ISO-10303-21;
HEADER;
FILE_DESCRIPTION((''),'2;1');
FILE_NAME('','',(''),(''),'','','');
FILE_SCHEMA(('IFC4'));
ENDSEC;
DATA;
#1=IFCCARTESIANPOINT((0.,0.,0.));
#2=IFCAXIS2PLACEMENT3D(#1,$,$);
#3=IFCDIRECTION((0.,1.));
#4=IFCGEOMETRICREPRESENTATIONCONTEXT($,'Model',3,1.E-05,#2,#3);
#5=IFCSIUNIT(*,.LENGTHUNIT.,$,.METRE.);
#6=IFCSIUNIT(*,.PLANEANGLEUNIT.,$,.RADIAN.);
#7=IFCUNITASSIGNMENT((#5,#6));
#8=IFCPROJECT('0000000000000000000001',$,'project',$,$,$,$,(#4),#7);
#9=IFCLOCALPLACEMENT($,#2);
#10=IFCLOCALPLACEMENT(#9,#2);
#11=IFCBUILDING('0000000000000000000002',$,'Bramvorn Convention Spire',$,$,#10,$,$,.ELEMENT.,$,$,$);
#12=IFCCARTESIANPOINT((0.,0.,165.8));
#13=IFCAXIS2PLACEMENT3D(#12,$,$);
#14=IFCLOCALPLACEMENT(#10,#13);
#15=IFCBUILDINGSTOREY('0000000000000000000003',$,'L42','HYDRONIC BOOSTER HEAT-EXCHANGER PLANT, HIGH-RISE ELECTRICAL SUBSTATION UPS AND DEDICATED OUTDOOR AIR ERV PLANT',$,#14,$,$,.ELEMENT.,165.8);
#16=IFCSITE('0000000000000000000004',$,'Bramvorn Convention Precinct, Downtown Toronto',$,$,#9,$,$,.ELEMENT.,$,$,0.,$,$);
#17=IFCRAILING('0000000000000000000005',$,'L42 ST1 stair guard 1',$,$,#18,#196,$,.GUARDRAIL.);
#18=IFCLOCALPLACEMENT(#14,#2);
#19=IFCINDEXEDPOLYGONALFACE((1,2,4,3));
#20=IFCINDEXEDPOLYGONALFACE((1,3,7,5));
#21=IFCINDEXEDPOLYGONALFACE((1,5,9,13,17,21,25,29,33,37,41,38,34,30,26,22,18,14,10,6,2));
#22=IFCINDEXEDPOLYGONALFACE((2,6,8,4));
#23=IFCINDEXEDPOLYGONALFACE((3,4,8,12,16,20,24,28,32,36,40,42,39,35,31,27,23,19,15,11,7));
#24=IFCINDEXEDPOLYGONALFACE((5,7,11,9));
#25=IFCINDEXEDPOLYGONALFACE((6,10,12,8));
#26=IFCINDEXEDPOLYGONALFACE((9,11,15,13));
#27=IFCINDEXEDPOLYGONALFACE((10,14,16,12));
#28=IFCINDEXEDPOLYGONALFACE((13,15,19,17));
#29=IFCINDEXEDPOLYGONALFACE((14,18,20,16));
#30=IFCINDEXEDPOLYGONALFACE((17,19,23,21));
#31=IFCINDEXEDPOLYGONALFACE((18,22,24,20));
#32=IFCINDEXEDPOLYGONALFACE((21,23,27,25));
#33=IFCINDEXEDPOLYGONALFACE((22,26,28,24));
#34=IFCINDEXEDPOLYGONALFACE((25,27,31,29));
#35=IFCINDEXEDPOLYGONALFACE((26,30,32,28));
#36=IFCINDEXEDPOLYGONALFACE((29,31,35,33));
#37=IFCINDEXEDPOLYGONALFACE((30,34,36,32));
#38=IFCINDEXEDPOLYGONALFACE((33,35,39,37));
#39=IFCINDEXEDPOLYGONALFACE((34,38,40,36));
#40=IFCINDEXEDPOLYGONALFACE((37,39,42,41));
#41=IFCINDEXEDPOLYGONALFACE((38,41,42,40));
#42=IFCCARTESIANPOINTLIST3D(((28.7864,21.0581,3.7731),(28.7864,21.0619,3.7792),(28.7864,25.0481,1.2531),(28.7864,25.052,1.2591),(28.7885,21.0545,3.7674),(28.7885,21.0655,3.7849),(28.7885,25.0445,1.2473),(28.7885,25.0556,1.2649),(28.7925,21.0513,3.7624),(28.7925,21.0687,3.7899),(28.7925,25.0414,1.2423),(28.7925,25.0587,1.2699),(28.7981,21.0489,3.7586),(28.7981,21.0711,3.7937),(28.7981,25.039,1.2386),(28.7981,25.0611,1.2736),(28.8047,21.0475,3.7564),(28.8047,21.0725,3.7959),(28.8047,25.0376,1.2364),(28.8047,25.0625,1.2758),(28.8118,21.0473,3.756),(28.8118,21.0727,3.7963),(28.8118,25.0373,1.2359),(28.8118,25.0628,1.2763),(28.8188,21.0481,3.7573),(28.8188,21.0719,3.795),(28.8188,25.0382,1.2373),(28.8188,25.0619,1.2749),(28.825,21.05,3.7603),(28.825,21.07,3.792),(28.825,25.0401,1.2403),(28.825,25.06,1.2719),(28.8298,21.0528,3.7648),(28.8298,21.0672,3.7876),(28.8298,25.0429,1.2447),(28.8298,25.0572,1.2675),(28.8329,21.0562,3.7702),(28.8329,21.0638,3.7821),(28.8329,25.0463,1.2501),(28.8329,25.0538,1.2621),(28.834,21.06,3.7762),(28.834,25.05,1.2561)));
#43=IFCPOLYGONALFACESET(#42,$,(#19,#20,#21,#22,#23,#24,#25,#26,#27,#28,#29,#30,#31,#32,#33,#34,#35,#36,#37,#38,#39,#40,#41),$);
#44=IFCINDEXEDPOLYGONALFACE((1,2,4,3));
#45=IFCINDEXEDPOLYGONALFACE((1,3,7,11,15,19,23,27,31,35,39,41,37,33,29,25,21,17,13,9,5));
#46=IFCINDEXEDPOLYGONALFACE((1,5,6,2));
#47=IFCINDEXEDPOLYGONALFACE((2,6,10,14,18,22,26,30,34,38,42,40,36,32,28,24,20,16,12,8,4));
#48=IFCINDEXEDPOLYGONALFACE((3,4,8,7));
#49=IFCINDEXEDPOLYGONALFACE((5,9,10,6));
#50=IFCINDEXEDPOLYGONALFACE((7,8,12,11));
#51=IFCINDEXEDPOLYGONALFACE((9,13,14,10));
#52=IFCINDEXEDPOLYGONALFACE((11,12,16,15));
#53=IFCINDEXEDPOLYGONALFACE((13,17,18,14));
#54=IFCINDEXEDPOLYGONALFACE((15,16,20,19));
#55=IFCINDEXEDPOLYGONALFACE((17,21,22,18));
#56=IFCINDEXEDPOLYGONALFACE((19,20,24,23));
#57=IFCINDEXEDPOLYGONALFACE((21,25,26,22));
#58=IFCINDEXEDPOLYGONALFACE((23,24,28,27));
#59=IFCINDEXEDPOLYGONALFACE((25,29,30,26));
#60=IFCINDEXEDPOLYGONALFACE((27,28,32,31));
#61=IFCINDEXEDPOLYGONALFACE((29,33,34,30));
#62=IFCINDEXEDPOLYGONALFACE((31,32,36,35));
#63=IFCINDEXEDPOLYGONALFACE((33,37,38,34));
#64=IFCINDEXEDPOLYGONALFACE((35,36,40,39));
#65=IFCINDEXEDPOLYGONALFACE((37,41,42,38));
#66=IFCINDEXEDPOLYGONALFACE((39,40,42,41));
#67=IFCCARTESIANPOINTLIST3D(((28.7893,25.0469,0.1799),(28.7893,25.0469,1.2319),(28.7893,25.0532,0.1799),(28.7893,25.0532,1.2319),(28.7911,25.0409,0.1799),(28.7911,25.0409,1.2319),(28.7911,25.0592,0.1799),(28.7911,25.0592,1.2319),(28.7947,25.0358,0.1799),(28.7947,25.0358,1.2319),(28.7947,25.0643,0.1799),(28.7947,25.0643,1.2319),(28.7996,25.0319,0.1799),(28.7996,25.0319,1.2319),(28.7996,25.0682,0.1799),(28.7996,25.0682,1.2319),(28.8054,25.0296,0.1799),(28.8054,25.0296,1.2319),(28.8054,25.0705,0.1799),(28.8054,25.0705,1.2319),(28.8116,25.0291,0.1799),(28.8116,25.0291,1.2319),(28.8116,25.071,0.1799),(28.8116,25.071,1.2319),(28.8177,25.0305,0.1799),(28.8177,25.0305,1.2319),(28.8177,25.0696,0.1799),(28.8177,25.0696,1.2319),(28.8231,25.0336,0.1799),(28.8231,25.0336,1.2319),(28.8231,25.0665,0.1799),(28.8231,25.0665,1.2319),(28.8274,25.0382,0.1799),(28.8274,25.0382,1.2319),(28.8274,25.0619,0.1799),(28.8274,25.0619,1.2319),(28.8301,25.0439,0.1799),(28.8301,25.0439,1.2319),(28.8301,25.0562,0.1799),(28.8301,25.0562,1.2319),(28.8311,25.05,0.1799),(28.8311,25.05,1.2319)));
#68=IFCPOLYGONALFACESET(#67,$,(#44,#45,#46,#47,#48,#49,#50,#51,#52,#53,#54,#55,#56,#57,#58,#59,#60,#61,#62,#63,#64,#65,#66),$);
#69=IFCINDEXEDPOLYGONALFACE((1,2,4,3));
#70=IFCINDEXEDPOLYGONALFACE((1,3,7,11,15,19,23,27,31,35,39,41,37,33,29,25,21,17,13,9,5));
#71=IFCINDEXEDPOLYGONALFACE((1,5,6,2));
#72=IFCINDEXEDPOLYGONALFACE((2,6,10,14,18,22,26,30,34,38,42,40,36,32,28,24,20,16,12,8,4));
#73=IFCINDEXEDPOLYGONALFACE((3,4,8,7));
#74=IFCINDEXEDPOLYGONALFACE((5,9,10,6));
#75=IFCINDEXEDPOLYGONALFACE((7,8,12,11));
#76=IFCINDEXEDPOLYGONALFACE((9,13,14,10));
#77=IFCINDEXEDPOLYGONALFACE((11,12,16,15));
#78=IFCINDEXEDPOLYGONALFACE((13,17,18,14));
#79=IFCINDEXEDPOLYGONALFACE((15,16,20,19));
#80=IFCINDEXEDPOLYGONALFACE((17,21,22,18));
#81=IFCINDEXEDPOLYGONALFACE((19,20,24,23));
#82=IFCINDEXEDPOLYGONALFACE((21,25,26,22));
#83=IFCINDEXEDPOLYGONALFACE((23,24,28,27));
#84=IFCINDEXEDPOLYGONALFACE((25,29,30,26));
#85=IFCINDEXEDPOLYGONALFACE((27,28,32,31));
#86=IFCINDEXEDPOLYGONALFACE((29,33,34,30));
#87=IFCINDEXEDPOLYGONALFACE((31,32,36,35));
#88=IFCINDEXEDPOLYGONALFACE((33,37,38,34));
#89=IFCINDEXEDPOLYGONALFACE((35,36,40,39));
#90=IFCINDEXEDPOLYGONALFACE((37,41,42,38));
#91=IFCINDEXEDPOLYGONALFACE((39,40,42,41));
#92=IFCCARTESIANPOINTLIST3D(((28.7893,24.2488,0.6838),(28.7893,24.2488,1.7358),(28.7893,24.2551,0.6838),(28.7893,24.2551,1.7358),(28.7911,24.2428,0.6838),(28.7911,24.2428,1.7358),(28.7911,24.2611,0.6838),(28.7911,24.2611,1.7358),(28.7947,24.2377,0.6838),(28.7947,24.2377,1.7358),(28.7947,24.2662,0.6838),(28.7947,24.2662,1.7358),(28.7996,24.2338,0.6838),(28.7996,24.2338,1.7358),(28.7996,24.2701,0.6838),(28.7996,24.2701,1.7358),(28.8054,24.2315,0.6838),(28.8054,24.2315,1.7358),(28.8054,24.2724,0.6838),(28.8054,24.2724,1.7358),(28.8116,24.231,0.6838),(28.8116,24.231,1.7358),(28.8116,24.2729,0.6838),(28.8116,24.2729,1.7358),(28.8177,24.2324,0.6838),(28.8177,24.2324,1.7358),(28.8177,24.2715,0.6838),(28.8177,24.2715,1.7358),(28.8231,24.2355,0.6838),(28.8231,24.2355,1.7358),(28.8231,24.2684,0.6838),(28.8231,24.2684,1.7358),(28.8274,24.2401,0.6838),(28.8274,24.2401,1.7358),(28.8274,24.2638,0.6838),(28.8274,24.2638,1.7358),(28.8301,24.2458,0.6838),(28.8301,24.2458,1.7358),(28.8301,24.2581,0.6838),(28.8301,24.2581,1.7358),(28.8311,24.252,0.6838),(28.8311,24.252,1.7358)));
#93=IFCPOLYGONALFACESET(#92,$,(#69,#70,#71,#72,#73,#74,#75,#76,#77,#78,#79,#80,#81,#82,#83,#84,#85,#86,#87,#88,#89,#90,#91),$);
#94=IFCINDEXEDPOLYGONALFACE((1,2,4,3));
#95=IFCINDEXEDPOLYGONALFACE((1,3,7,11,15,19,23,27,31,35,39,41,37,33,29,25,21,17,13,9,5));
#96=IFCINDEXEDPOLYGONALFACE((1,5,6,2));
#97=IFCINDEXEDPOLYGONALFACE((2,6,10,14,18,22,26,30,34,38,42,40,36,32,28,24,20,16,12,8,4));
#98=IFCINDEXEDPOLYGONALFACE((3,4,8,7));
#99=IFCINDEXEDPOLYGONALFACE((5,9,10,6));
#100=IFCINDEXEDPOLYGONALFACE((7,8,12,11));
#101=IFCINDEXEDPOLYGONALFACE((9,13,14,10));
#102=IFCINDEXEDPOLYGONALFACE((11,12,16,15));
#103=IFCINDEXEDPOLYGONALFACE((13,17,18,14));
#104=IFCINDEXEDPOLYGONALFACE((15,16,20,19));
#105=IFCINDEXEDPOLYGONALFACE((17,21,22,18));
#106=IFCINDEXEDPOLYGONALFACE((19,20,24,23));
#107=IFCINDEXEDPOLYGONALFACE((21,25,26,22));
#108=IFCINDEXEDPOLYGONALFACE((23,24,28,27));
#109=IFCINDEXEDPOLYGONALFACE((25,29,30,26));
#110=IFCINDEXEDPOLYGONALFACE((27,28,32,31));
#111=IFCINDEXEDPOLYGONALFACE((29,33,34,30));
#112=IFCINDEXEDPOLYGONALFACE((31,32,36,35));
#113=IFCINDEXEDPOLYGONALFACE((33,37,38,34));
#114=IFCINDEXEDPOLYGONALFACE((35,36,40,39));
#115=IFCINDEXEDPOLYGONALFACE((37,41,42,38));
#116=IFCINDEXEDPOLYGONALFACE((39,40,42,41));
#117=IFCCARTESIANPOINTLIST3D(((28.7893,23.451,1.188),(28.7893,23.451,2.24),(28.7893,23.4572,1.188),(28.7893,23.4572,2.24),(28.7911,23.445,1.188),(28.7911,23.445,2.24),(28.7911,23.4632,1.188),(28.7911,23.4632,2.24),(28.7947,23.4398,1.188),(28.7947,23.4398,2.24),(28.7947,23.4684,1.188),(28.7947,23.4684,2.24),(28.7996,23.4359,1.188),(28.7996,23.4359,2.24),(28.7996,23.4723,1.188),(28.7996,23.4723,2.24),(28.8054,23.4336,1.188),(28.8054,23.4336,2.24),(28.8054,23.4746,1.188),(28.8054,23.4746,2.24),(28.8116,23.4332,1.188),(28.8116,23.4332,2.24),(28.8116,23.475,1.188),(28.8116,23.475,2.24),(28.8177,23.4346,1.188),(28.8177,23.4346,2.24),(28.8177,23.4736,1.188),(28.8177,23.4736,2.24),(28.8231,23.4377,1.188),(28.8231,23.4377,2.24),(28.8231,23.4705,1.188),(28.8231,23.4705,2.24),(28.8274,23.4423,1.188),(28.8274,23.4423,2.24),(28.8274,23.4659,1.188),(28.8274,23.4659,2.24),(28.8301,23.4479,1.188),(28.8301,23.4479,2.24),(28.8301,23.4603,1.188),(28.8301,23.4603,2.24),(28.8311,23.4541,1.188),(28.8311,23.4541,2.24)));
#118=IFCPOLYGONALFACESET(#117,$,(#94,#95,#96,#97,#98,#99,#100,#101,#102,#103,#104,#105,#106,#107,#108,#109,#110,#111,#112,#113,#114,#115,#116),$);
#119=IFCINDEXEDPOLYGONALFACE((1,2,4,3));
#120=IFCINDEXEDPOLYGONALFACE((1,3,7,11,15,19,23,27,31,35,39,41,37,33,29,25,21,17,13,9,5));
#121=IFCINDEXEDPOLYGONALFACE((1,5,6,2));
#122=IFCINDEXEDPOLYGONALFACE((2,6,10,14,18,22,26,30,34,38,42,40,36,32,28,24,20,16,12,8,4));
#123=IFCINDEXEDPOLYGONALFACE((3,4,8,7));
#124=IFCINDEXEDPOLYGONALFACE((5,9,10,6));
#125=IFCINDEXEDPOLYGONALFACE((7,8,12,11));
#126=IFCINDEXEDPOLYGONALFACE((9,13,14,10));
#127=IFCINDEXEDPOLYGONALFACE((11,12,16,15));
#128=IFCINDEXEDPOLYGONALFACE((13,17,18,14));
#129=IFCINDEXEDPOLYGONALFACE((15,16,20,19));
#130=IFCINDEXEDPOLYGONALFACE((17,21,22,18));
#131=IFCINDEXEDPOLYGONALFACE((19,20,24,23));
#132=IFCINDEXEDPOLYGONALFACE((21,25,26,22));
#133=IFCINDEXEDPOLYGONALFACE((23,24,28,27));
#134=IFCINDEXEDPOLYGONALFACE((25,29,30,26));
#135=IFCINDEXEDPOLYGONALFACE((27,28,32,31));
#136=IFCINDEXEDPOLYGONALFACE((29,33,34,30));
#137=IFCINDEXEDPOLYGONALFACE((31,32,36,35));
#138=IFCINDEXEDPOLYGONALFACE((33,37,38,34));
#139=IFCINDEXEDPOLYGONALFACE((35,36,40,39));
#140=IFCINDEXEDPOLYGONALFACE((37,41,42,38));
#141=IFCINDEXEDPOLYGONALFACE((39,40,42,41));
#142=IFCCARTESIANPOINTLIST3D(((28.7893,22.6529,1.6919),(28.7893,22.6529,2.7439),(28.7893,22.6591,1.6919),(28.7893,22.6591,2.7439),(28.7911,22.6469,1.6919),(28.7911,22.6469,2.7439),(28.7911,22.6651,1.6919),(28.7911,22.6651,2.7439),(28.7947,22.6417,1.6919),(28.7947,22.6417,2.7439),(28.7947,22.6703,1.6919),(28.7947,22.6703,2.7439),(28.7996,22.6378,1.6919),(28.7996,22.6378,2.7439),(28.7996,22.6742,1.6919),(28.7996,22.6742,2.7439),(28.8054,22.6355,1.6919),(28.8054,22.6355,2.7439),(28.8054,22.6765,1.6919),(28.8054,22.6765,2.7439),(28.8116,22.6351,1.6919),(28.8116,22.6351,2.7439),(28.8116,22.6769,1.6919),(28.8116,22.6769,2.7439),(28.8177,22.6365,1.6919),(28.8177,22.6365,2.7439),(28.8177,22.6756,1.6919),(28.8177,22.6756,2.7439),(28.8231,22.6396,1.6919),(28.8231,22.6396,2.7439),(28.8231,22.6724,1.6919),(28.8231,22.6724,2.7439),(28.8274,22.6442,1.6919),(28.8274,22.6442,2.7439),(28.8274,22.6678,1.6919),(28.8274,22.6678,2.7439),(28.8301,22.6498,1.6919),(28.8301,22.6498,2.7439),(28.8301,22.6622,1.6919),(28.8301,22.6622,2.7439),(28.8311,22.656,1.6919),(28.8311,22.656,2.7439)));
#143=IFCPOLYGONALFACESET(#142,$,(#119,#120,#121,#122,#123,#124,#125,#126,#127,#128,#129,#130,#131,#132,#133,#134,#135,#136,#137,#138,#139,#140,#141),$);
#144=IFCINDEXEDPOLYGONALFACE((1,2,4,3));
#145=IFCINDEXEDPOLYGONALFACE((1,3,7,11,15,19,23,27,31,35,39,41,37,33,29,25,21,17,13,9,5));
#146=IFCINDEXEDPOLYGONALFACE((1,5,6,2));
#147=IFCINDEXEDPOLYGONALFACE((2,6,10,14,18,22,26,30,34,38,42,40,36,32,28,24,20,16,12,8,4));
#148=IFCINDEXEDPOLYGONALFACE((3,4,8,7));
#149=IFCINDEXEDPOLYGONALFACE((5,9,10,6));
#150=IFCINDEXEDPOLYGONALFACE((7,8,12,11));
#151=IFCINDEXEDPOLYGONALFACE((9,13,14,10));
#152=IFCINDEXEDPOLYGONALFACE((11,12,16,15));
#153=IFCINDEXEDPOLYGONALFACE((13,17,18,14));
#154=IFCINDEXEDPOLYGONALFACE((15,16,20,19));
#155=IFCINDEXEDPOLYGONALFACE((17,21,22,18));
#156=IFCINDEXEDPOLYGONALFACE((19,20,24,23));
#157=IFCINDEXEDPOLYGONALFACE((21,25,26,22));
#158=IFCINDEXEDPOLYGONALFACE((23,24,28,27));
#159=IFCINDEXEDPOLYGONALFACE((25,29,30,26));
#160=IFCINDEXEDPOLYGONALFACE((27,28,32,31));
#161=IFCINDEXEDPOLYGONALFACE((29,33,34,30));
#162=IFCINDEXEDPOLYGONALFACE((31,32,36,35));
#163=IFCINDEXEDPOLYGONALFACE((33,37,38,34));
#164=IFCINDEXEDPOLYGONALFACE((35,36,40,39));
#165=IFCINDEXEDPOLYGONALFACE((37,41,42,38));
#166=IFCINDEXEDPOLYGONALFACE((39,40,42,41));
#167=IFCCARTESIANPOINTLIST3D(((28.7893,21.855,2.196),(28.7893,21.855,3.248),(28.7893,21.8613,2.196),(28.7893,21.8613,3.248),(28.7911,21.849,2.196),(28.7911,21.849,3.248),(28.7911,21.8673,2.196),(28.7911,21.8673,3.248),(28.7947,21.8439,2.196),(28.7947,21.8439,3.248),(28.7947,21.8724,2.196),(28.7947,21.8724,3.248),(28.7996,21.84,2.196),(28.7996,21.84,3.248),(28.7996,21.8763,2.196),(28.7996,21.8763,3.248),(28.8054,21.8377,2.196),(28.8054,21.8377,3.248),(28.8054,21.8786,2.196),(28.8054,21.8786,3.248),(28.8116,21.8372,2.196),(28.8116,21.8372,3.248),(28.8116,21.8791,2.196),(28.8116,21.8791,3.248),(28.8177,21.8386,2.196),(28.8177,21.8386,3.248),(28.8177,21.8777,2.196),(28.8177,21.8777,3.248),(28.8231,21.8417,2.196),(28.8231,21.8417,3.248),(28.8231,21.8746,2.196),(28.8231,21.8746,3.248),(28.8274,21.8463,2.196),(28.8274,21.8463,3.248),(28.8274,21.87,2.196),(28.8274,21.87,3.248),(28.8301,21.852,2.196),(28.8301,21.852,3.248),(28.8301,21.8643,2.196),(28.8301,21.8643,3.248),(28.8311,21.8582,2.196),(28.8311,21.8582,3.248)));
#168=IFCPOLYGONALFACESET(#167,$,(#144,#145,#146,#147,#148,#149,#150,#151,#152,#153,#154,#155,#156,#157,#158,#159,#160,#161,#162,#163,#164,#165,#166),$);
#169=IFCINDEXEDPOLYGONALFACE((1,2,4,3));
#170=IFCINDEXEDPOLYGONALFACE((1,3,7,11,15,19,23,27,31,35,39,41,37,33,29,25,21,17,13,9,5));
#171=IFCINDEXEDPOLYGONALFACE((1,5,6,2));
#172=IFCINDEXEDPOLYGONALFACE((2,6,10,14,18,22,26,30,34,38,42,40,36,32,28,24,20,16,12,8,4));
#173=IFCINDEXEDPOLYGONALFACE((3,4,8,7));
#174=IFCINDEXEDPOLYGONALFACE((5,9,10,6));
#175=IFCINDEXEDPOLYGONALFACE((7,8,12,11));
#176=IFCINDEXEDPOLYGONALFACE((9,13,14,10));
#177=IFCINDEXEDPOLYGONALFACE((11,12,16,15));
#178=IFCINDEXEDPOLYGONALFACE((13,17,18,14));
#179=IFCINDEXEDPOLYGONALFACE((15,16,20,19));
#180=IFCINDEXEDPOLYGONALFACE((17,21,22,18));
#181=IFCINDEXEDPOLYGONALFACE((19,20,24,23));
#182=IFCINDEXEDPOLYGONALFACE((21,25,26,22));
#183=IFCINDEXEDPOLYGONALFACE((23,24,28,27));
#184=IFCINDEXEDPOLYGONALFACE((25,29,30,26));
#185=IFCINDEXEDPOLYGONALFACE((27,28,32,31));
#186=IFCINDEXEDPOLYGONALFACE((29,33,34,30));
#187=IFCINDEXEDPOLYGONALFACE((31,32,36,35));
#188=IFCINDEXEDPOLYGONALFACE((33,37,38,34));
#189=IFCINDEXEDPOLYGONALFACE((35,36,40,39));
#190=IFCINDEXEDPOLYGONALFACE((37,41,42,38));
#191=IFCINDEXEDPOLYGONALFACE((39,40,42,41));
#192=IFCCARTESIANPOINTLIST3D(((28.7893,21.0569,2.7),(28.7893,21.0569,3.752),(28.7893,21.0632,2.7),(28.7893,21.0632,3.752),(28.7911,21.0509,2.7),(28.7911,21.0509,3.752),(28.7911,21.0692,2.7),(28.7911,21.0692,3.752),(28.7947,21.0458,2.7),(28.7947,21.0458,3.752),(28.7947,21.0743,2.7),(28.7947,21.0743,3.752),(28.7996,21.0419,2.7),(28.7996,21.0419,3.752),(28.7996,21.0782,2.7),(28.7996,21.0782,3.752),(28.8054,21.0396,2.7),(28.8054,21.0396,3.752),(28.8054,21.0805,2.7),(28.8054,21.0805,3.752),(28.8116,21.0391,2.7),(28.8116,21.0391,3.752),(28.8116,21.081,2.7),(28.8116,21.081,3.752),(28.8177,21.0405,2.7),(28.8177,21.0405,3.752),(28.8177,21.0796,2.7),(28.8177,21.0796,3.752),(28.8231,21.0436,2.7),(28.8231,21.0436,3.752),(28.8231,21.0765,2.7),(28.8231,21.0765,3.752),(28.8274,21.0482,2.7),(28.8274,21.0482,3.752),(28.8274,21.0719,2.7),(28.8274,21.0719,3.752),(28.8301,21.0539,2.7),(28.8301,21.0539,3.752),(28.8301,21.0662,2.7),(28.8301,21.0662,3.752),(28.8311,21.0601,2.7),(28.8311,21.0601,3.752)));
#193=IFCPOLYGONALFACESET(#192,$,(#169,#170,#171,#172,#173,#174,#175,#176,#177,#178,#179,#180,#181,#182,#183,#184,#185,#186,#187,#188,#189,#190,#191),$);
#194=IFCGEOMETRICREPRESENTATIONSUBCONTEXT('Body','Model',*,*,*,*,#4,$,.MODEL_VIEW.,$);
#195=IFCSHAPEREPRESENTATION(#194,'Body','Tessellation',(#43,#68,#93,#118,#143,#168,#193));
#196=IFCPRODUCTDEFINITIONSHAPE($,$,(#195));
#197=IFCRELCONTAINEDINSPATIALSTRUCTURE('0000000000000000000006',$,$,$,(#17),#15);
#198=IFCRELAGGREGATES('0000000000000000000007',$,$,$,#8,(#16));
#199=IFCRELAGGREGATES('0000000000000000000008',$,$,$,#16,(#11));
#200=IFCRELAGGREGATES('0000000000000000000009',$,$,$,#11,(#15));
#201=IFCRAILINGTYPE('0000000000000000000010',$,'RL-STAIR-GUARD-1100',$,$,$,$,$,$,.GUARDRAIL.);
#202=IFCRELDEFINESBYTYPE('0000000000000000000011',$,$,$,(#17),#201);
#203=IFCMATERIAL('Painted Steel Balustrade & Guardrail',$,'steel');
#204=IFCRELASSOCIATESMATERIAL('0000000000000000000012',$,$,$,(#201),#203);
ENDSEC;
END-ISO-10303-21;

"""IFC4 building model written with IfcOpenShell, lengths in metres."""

from ifc_helpers import new_model, si_unit, direction, frame, origin, origin_2d, place, context, subcontext, project, spatial, circle, extrude, material, type_object, element, save


model = new_model("IFC4")

# Units and contexts
model_context = context("Model", 3, precision=1e-05, world=origin(), true_north=direction((0.0, 1.0)))
body_context = subcontext(model_context, "Body", "Model", "MODEL_VIEW")
ifc_project = project(units=[si_unit("LENGTHUNIT", "METRE"), si_unit("PLANEANGLEUNIT", "RADIAN")], contexts=[model_context])

# Site, building, storey
site_placement = place(None, origin())
site = spatial("IfcSite", under=ifc_project, at=site_placement, Name="Bramvorn Convention Precinct, Downtown Toronto", CompositionType="ELEMENT", RefElevation=0.0)
building_placement = place(site_placement, origin())
building = spatial("IfcBuilding", under=site, at=building_placement, Name="Bramvorn Convention Spire", CompositionType="ELEMENT")
storey_placement = place(building_placement, frame((0.0, 0.0, 165.8)))
storey = spatial("IfcBuildingStorey", under=building, at=storey_placement, Name="L42", Description="HYDRONIC BOOSTER HEAT-EXCHANGER PLANT, HIGH-RISE ELECTRICAL SUBSTATION UPS AND DEDICATED OUTDOOR AIR ERV PLANT", CompositionType="ELEMENT", Elevation=165.8)

# Railing
ifc_material_1 = material(Name="Painted Steel Balustrade & Guardrail", Category="steel")
railing_type_1 = type_object("IfcRailingType", Name="RL-STAIR-GUARD-1100", PredefinedType="GUARDRAIL", material=ifc_material_1)
railing_1_placement = place(storey_placement, frame((28.8101, 25.05, 0.1799)))
element("IfcRailing", 1, at=railing_1_placement, inside=storey, type_object=railing_type_1, Name="L42 ST1 stair guard 1", PredefinedType="GUARDRAIL", context=body_context, shape_type="SweptSolid", body=[
    extrude(circle(Radius=0.0239, at=origin_2d()), frame((0.0, 0.0, 1.0762), z_axis=(0.0, -0.845486, 0.533997), x_axis=(1.0, 0.0, 0.0)), (0.0, 0.0, 1.0), 4.7192),
    extrude(circle(Radius=0.021, at=origin_2d()), origin(), (0.0, 0.0, 1.0), 1.052),
    extrude(circle(Radius=0.021, at=origin_2d()), frame((0.0, -0.7981, 0.5039)), (0.0, 0.0, 1.0), 1.052),
    extrude(circle(Radius=0.021, at=origin_2d()), frame((0.0, -1.5959, 1.0081)), (0.0, 0.0, 1.0), 1.052),
    extrude(circle(Radius=0.021, at=origin_2d()), frame((0.0, -2.394, 1.512)), (0.0, 0.0, 1.0), 1.052),
    extrude(circle(Radius=0.021, at=origin_2d()), frame((0.0, -3.1919, 2.0161)), (0.0, 0.0, 1.0), 1.052),
    extrude(circle(Radius=0.021, at=origin_2d()), frame((0.0, -3.99, 2.52)), (0.0, 0.0, 1.0), 1.052),
])

save(model, "model.ifc")
